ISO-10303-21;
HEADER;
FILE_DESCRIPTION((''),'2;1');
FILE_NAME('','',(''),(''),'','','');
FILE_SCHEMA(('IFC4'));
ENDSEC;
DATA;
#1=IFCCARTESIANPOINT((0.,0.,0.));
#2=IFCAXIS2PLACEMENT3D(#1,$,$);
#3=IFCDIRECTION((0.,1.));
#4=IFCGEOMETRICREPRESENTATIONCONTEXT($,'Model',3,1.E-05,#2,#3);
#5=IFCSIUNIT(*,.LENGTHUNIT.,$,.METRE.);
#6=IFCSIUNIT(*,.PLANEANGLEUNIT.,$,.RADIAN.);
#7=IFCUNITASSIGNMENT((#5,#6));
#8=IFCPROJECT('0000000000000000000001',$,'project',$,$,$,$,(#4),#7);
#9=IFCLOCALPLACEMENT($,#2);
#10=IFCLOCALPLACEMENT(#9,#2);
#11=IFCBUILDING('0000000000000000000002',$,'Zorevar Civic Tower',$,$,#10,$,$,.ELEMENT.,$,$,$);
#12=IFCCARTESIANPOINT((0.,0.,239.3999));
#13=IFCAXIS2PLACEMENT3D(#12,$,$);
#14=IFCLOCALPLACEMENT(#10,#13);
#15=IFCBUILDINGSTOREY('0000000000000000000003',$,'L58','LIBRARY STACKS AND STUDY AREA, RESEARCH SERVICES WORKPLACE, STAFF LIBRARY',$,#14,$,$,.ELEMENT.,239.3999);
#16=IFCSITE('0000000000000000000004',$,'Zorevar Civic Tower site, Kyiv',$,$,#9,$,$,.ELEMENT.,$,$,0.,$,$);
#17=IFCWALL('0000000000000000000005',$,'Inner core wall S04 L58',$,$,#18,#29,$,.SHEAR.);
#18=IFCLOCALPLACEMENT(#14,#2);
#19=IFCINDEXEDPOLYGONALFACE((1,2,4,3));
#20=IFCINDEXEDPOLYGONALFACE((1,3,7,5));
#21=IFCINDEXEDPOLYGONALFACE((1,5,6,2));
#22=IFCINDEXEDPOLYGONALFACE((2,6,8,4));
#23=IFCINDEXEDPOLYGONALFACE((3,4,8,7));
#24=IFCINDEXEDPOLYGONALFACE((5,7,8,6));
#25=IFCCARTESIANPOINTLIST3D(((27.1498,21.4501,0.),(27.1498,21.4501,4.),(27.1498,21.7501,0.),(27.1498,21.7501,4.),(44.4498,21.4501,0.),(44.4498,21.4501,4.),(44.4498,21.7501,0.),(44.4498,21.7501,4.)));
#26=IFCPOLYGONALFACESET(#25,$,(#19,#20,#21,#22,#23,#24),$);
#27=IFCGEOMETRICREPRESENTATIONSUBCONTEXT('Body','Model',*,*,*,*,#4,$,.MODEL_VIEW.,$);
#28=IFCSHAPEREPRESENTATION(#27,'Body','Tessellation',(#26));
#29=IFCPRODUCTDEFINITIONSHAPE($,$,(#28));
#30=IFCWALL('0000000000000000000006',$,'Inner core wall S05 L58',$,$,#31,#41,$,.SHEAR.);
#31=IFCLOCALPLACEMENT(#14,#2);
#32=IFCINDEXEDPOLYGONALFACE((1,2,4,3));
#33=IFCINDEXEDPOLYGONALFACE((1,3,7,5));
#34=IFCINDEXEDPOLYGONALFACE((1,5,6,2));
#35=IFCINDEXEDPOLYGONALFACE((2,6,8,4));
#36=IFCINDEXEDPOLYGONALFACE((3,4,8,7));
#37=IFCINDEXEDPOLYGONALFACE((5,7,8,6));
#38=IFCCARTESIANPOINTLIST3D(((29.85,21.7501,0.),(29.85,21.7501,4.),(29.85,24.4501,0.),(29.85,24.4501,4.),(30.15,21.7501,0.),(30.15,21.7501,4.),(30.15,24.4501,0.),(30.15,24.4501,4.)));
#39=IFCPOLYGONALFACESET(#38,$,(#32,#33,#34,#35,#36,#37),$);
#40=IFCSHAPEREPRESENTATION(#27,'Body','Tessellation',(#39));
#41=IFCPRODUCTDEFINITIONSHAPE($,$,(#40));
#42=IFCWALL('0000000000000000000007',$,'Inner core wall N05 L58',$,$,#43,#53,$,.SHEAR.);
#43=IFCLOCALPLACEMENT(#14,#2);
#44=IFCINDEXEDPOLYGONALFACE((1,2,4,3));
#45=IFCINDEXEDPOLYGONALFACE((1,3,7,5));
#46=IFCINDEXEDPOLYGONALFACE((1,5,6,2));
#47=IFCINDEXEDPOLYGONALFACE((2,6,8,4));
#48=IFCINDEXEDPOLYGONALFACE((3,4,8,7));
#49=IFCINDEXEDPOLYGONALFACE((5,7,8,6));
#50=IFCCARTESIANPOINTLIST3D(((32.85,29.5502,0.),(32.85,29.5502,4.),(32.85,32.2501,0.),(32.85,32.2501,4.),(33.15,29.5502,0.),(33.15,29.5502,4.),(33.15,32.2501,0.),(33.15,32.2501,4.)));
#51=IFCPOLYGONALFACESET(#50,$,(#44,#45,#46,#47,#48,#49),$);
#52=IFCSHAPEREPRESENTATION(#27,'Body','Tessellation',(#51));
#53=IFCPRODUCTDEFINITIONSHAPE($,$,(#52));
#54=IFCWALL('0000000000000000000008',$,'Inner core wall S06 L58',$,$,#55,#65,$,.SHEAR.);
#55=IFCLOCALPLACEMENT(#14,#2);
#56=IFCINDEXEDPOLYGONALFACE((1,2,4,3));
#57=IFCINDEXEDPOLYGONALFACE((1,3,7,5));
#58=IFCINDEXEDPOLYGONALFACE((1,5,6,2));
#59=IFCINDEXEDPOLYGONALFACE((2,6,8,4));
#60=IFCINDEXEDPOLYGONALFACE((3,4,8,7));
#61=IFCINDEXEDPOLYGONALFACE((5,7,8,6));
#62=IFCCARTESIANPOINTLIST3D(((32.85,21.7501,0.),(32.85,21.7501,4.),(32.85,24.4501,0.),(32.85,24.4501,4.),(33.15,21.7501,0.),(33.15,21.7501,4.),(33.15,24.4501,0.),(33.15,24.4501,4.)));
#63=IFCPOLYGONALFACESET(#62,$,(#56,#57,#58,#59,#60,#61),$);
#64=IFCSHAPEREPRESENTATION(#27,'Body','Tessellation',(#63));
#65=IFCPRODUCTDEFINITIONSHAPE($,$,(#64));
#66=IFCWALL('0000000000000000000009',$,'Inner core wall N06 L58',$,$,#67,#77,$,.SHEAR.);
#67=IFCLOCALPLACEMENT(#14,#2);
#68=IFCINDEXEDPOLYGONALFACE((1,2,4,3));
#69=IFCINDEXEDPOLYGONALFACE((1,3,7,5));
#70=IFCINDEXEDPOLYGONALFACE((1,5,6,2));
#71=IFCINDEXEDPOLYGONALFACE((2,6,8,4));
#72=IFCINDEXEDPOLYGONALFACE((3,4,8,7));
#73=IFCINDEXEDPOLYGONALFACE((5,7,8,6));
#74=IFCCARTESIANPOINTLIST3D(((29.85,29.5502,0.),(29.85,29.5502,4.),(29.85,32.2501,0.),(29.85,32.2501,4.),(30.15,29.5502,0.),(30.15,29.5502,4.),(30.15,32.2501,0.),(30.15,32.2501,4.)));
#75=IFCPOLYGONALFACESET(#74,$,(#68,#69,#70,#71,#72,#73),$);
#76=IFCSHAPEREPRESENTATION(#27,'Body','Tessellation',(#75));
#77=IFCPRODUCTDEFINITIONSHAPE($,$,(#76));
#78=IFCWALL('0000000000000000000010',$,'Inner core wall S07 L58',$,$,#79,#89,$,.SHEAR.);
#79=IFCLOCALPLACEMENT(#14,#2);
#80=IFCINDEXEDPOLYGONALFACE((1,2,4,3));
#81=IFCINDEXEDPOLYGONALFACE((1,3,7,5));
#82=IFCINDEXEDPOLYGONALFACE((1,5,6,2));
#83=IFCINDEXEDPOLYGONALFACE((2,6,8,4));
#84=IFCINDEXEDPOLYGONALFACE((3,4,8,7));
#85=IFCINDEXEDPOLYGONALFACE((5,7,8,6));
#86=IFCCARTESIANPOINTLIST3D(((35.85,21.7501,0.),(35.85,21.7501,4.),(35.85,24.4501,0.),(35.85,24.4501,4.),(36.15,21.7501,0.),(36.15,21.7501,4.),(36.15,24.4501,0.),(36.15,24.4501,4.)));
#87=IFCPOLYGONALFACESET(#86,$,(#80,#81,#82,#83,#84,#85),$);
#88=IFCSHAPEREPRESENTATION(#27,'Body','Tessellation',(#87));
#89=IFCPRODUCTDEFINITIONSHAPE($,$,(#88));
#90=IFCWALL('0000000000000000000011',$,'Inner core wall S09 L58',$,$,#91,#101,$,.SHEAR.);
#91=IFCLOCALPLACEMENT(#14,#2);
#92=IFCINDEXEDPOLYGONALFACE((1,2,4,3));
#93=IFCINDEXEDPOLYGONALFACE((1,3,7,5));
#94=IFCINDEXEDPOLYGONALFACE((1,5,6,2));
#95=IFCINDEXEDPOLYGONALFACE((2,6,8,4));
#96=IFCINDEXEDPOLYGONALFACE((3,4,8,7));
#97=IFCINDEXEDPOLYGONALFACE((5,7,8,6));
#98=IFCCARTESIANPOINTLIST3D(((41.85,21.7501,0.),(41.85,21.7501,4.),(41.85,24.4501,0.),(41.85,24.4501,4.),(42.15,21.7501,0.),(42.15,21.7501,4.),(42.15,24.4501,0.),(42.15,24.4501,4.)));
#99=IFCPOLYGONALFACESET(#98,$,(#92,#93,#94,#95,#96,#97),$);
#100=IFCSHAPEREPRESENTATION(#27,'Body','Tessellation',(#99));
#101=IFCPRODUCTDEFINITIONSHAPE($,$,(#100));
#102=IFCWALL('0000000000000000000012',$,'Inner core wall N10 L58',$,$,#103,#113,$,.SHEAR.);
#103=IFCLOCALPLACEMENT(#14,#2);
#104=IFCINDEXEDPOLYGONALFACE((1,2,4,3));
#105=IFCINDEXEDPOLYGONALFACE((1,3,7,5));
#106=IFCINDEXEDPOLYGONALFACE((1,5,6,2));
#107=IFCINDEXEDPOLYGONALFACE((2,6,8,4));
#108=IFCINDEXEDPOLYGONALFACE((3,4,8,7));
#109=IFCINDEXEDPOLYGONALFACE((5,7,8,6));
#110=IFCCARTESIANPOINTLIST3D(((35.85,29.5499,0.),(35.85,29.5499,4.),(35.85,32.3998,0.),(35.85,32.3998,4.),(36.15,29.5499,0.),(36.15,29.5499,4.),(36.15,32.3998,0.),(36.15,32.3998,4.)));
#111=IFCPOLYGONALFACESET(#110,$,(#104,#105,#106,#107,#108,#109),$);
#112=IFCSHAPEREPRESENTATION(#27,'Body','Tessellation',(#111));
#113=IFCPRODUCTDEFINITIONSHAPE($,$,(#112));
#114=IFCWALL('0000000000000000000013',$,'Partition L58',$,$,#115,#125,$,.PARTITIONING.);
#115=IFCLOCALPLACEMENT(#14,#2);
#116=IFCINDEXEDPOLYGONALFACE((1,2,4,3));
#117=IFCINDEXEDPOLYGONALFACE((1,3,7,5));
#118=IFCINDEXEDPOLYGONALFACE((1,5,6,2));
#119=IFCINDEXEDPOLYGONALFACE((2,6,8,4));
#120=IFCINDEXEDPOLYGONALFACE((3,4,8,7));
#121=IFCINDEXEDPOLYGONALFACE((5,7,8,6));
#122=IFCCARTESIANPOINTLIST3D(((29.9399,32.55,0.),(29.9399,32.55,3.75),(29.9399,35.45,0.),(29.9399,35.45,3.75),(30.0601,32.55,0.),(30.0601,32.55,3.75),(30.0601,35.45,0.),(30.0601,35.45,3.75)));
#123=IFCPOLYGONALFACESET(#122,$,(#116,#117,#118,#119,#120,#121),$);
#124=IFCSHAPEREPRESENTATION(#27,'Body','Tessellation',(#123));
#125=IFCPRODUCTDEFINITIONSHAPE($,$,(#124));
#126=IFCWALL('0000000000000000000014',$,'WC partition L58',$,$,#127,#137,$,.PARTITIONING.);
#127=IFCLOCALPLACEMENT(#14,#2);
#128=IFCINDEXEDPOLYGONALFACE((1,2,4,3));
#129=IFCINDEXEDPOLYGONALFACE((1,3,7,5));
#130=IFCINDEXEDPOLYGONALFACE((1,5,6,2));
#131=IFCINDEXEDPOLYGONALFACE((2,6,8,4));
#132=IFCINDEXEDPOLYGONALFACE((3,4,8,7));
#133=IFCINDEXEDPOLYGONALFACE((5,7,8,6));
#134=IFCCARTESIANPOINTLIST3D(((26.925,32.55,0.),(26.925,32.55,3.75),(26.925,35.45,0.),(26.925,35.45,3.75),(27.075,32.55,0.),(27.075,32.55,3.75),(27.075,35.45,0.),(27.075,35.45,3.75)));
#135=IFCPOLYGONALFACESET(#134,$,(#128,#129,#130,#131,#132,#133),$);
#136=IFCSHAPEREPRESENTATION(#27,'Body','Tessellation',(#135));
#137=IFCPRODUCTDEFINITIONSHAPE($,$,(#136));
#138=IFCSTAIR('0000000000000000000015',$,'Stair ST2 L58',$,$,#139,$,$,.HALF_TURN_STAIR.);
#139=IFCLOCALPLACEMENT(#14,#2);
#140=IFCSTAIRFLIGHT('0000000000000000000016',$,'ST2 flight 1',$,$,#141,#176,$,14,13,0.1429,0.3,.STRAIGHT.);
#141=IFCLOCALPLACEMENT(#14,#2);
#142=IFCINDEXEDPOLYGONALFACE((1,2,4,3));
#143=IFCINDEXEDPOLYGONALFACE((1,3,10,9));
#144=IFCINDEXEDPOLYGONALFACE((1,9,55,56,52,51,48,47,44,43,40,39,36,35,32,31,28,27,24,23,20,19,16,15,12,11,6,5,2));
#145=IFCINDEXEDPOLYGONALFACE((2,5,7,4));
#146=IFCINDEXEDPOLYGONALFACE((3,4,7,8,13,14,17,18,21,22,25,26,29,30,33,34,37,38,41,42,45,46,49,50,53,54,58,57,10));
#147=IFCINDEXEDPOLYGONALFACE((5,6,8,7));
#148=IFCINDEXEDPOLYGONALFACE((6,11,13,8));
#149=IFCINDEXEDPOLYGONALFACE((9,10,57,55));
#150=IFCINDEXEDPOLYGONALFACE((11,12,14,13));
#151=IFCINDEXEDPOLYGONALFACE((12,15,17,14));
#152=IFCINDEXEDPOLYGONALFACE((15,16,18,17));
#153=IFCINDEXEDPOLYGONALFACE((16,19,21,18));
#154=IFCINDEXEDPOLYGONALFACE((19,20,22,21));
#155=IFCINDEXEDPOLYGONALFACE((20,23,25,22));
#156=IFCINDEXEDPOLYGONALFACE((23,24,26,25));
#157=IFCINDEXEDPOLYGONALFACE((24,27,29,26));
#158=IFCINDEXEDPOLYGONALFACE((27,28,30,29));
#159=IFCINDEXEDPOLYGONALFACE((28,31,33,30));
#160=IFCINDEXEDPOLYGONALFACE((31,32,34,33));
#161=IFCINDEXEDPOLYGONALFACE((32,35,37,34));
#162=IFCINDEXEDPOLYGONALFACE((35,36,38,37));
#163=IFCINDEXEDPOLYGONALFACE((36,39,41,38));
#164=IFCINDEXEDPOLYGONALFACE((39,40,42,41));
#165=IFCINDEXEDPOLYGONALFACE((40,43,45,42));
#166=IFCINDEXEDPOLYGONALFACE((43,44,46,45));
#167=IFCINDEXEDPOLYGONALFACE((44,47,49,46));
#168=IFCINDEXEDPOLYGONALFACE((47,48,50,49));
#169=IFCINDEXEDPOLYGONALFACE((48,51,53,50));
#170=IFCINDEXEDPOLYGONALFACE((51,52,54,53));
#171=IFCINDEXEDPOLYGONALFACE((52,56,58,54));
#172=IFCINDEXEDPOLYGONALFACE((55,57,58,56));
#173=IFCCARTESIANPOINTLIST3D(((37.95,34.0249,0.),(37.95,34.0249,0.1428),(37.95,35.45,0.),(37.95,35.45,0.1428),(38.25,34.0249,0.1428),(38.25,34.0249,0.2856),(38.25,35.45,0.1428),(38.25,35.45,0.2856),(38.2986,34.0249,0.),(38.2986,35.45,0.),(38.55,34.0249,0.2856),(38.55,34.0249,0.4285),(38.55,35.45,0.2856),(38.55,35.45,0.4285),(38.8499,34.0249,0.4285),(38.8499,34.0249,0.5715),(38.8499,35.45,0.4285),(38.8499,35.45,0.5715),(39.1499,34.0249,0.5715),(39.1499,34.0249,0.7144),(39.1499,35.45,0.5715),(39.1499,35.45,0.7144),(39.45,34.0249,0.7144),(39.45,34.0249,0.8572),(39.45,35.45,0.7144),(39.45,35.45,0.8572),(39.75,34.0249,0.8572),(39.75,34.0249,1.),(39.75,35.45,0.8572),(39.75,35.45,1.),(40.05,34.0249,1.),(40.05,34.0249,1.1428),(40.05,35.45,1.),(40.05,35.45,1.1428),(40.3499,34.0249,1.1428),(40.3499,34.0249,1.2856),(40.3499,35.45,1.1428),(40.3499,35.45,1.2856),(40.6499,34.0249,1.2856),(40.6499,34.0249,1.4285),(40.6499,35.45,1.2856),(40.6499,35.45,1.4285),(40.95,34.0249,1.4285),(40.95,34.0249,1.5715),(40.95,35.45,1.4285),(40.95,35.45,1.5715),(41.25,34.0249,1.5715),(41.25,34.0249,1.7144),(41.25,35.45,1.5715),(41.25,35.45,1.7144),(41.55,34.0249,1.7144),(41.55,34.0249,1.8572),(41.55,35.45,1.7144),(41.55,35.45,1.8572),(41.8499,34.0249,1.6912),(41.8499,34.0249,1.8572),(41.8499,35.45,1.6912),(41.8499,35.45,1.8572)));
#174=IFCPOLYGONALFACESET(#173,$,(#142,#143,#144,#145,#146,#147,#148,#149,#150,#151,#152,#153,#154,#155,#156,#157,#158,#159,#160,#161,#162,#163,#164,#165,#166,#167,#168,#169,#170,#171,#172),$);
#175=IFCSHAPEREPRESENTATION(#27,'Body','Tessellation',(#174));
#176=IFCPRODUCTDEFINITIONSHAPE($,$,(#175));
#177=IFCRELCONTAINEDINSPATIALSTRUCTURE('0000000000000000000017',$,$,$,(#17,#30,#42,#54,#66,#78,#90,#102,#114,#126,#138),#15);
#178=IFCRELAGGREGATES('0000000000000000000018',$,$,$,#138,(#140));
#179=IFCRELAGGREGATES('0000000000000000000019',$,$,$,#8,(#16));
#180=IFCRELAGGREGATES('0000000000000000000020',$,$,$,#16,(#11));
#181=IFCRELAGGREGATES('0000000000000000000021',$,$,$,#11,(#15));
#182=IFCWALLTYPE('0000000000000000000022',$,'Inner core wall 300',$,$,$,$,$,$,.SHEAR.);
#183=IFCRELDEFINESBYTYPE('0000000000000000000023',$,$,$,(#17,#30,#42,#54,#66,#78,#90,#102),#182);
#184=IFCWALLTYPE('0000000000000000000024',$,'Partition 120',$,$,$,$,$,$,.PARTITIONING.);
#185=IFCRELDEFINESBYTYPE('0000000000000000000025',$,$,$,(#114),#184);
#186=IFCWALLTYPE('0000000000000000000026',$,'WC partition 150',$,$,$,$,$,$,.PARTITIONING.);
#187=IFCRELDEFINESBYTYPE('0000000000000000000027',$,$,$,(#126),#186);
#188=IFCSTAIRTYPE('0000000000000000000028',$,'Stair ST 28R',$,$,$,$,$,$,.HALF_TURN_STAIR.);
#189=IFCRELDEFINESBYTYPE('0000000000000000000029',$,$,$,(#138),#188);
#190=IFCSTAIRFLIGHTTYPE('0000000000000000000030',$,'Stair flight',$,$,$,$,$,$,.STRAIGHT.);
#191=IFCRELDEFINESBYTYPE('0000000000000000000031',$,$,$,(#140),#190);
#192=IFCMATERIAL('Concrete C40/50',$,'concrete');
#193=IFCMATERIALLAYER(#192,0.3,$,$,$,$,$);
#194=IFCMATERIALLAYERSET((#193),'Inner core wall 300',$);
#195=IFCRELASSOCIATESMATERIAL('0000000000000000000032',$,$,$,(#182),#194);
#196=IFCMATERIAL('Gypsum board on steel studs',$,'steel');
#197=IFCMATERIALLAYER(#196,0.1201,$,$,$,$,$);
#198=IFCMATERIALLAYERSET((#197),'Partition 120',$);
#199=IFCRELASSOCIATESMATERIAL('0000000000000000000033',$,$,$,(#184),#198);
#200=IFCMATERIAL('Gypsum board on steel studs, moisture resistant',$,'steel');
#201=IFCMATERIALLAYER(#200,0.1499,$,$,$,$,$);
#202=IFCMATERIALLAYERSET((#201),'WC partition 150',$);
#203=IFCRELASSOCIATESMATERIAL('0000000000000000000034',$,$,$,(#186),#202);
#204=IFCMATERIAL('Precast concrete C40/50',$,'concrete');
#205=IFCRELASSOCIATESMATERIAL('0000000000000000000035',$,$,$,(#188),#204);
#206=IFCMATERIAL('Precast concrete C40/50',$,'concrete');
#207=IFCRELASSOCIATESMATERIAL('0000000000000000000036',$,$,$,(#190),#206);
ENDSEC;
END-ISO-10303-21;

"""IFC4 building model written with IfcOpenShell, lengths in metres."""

from ifc_helpers import new_model, si_unit, direction, frame, frame_2d, origin, place, context, subcontext, project, spatial, polyline, rectangle, outline, extrude, material, layer, layer_set, type_object, element, aggregate, save


model = new_model("IFC4")

# Units and contexts
model_context = context("Model", 3, precision=1e-05, world=origin(), true_north=direction((0.0, 1.0)))
body_context = subcontext(model_context, "Body", "Model", "MODEL_VIEW")
ifc_project = project(units=[si_unit("LENGTHUNIT", "METRE"), si_unit("PLANEANGLEUNIT", "RADIAN")], contexts=[model_context])

# Site, building, storey
site_placement = place(None, origin())
site = spatial("IfcSite", under=ifc_project, at=site_placement, Name="Zorevar Civic Tower site, Kyiv", CompositionType="ELEMENT", RefElevation=0.0)
building_placement = place(site_placement, origin())
building = spatial("IfcBuilding", under=site, at=building_placement, Name="Zorevar Civic Tower", CompositionType="ELEMENT")
storey_placement = place(building_placement, frame((0.0, 0.0, 239.3999)))
storey = spatial("IfcBuildingStorey", under=building, at=storey_placement, Name="L58", Description="LIBRARY STACKS AND STUDY AREA, RESEARCH SERVICES WORKPLACE, STAFF LIBRARY", CompositionType="ELEMENT", Elevation=239.3999)

# Shared definitions
ifc_material_1 = material(Name="Concrete C40/50", Category="concrete")
ifc_layer_1 = layer(ifc_material_1, 0.3)
ifc_layer_set_1 = layer_set([ifc_layer_1], Name="Inner core wall 300")
wall_type_1 = type_object("IfcWallType", Name="Inner core wall 300", PredefinedType="SHEAR", material=ifc_layer_set_1)

# Walls
wall_1_placement = place(storey_placement, frame((27.1499, 21.6001, 0.0), z_axis=(0.0, 0.0, 1.0), x_axis=(1.0, 0.0, 0.0)))
element("IfcWall", 1, at=wall_1_placement, inside=storey, type_object=wall_type_1, Name="Inner core wall S04 L58", PredefinedType="SHEAR", context=body_context, shape_type="SweptSolid", body=[
    extrude(rectangle(XDim=17.3, YDim=0.3, at=frame_2d((8.6499, 0.0))), origin(), (0.0, 0.0, 1.0), 4.0),
])
for number, where, z_axis, x_axis, name in (
    (2, (30.0, 21.75, 0.0), (0.0, 0.0, 1.0), (0.0, 1.0, 0.0), "Inner core wall S05 L58"),
    (3, (33.0, 29.55, 0.0), (0.0, 0.0, 1.0), (0.0, 1.0, 0.0), "Inner core wall N05 L58"),
    (4, (33.0, 21.75, 0.0), (0.0, 0.0, 1.0), (0.0, 1.0, 0.0), "Inner core wall S06 L58"),
    (5, (30.0, 29.55, 0.0), (0.0, 0.0, 1.0), (0.0, 1.0, 0.0), "Inner core wall N06 L58"),
    (6, (36.0, 21.75, 0.0), (0.0, 0.0, 1.0), (0.0, 1.0, 0.0), "Inner core wall S07 L58"),
    (7, (42.0, 21.75, 0.0), (0.0, 0.0, 1.0), (0.0, 1.0, 0.0), "Inner core wall S09 L58"),
):
    element("IfcWall", number, at=place(storey_placement, frame(where, z_axis=z_axis, x_axis=x_axis)), inside=storey, type_object=wall_type_1, Name=name, PredefinedType="SHEAR", context=body_context, shape_type="SweptSolid", body=[
        extrude(rectangle(XDim=2.7, YDim=0.3, at=frame_2d((1.3501, 0.0))), origin(), (0.0, 0.0, 1.0), 4.0),
    ])
wall_2_placement = place(storey_placement, frame((36.0, 29.55, 0.0), z_axis=(0.0, 0.0, 1.0), x_axis=(0.0, 1.0, 0.0)))
element("IfcWall", 8, at=wall_2_placement, inside=storey, type_object=wall_type_1, Name="Inner core wall N10 L58", PredefinedType="SHEAR", context=body_context, shape_type="SweptSolid", body=[
    extrude(rectangle(XDim=2.8499, YDim=0.3, at=frame_2d((1.4248, 0.0))), origin(), (0.0, 0.0, 1.0), 4.0),
])
ifc_material_2 = material(Name="Gypsum board on steel studs", Category="steel")
ifc_layer_2 = layer(ifc_material_2, 0.1201)
ifc_layer_set_2 = layer_set([ifc_layer_2], Name="Partition 120")
wall_type_2 = type_object("IfcWallType", Name="Partition 120", PredefinedType="PARTITIONING", material=ifc_layer_set_2)
wall_3_placement = place(storey_placement, frame((30.0, 32.55, 0.0), z_axis=(0.0, 0.0, 1.0), x_axis=(0.0, 1.0, 0.0)))
element("IfcWall", 9, at=wall_3_placement, inside=storey, type_object=wall_type_2, Name="Partition L58", PredefinedType="PARTITIONING", context=body_context, shape_type="SweptSolid", body=[
    extrude(rectangle(XDim=2.8999, YDim=0.1201, at=frame_2d((1.45, 0.0))), origin(), (0.0, 0.0, 1.0), 3.75),
])
ifc_material_3 = material(Name="Gypsum board on steel studs, moisture resistant", Category="steel")
ifc_layer_3 = layer(ifc_material_3, 0.1499)
ifc_layer_set_3 = layer_set([ifc_layer_3], Name="WC partition 150")
wall_type_3 = type_object("IfcWallType", Name="WC partition 150", PredefinedType="PARTITIONING", material=ifc_layer_set_3)
wall_4_placement = place(storey_placement, frame((27.0, 32.55, 0.0), z_axis=(0.0, 0.0, 1.0), x_axis=(0.0, 1.0, 0.0)))
element("IfcWall", 10, at=wall_4_placement, inside=storey, type_object=wall_type_3, Name="WC partition L58", PredefinedType="PARTITIONING", context=body_context, shape_type="SweptSolid", body=[
    extrude(rectangle(XDim=2.8999, YDim=0.1499, at=frame_2d((1.45, 0.0))), origin(), (0.0, 0.0, 1.0), 3.75),
])

# Stair, stair flight
ifc_material_4 = material(Name="Precast concrete C40/50", Category="concrete")
stair_type = type_object("IfcStairType", Name="Stair ST 28R", PredefinedType="HALF_TURN_STAIR", material=ifc_material_4)
stair_placement = place(storey_placement, origin())
stair = element("IfcStair", 11, at=stair_placement, inside=storey, type_object=stair_type, Name="Stair ST2 L58", PredefinedType="HALF_TURN_STAIR")
ifc_material_5 = material(Name="Precast concrete C40/50", Category="concrete")
stair_flight_type = type_object("IfcStairFlightType", Name="Stair flight", PredefinedType="STRAIGHT", material=ifc_material_5)
stair_flight_1_placement = place(storey_placement, frame((37.95, 34.7375, 0.0), z_axis=(0.0, 0.0, 1.0), x_axis=(1.0, 0.0, 0.0)))
stair_flight_1 = element("IfcStairFlight", 12, at=stair_flight_1_placement, type_object=stair_flight_type, Name="ST2 flight 1", NumberOfRisers=14, NumberOfTreads=13, PredefinedType="STRAIGHT", RiserHeight=0.1429, TreadLength=0.3, context=body_context, shape_type="SweptSolid", body=[
    extrude(outline(polyline([(0.0, 0.0), (0.0, 0.1428), (0.3, 0.1428), (0.3, 0.2856), (0.6001, 0.2856), (0.6001, 0.4285), (0.8999, 0.4285), (0.8999, 0.5715), (1.2, 0.5715), (1.2, 0.7144), (1.5, 0.7144), (1.5, 0.8572), (1.8, 0.8572), (1.8, 1.0), (2.1001, 1.0), (2.1001, 1.1428), (2.3999, 1.1428), (2.3999, 1.2856), (2.7, 1.2856), (2.7, 1.4285), (3.0, 1.4285), (3.0, 1.5715), (3.3, 1.5715), (3.3, 1.7144), (3.6001, 1.7144), (3.6001, 1.8572), (3.8999, 1.8572), (3.8999, 2.0), (3.8999, 1.6912), (0.3486, 0.0), (0.0, 0.0)])), frame((0.0, 0.7124, 0.0), z_axis=(0.0, -1.0, 0.0), x_axis=(1.0, 0.0, 0.0)), (0.0, 0.0, 1.0), 1.425),
])
aggregate(stair, [stair_flight_1])

save(model, "model.ifc")
